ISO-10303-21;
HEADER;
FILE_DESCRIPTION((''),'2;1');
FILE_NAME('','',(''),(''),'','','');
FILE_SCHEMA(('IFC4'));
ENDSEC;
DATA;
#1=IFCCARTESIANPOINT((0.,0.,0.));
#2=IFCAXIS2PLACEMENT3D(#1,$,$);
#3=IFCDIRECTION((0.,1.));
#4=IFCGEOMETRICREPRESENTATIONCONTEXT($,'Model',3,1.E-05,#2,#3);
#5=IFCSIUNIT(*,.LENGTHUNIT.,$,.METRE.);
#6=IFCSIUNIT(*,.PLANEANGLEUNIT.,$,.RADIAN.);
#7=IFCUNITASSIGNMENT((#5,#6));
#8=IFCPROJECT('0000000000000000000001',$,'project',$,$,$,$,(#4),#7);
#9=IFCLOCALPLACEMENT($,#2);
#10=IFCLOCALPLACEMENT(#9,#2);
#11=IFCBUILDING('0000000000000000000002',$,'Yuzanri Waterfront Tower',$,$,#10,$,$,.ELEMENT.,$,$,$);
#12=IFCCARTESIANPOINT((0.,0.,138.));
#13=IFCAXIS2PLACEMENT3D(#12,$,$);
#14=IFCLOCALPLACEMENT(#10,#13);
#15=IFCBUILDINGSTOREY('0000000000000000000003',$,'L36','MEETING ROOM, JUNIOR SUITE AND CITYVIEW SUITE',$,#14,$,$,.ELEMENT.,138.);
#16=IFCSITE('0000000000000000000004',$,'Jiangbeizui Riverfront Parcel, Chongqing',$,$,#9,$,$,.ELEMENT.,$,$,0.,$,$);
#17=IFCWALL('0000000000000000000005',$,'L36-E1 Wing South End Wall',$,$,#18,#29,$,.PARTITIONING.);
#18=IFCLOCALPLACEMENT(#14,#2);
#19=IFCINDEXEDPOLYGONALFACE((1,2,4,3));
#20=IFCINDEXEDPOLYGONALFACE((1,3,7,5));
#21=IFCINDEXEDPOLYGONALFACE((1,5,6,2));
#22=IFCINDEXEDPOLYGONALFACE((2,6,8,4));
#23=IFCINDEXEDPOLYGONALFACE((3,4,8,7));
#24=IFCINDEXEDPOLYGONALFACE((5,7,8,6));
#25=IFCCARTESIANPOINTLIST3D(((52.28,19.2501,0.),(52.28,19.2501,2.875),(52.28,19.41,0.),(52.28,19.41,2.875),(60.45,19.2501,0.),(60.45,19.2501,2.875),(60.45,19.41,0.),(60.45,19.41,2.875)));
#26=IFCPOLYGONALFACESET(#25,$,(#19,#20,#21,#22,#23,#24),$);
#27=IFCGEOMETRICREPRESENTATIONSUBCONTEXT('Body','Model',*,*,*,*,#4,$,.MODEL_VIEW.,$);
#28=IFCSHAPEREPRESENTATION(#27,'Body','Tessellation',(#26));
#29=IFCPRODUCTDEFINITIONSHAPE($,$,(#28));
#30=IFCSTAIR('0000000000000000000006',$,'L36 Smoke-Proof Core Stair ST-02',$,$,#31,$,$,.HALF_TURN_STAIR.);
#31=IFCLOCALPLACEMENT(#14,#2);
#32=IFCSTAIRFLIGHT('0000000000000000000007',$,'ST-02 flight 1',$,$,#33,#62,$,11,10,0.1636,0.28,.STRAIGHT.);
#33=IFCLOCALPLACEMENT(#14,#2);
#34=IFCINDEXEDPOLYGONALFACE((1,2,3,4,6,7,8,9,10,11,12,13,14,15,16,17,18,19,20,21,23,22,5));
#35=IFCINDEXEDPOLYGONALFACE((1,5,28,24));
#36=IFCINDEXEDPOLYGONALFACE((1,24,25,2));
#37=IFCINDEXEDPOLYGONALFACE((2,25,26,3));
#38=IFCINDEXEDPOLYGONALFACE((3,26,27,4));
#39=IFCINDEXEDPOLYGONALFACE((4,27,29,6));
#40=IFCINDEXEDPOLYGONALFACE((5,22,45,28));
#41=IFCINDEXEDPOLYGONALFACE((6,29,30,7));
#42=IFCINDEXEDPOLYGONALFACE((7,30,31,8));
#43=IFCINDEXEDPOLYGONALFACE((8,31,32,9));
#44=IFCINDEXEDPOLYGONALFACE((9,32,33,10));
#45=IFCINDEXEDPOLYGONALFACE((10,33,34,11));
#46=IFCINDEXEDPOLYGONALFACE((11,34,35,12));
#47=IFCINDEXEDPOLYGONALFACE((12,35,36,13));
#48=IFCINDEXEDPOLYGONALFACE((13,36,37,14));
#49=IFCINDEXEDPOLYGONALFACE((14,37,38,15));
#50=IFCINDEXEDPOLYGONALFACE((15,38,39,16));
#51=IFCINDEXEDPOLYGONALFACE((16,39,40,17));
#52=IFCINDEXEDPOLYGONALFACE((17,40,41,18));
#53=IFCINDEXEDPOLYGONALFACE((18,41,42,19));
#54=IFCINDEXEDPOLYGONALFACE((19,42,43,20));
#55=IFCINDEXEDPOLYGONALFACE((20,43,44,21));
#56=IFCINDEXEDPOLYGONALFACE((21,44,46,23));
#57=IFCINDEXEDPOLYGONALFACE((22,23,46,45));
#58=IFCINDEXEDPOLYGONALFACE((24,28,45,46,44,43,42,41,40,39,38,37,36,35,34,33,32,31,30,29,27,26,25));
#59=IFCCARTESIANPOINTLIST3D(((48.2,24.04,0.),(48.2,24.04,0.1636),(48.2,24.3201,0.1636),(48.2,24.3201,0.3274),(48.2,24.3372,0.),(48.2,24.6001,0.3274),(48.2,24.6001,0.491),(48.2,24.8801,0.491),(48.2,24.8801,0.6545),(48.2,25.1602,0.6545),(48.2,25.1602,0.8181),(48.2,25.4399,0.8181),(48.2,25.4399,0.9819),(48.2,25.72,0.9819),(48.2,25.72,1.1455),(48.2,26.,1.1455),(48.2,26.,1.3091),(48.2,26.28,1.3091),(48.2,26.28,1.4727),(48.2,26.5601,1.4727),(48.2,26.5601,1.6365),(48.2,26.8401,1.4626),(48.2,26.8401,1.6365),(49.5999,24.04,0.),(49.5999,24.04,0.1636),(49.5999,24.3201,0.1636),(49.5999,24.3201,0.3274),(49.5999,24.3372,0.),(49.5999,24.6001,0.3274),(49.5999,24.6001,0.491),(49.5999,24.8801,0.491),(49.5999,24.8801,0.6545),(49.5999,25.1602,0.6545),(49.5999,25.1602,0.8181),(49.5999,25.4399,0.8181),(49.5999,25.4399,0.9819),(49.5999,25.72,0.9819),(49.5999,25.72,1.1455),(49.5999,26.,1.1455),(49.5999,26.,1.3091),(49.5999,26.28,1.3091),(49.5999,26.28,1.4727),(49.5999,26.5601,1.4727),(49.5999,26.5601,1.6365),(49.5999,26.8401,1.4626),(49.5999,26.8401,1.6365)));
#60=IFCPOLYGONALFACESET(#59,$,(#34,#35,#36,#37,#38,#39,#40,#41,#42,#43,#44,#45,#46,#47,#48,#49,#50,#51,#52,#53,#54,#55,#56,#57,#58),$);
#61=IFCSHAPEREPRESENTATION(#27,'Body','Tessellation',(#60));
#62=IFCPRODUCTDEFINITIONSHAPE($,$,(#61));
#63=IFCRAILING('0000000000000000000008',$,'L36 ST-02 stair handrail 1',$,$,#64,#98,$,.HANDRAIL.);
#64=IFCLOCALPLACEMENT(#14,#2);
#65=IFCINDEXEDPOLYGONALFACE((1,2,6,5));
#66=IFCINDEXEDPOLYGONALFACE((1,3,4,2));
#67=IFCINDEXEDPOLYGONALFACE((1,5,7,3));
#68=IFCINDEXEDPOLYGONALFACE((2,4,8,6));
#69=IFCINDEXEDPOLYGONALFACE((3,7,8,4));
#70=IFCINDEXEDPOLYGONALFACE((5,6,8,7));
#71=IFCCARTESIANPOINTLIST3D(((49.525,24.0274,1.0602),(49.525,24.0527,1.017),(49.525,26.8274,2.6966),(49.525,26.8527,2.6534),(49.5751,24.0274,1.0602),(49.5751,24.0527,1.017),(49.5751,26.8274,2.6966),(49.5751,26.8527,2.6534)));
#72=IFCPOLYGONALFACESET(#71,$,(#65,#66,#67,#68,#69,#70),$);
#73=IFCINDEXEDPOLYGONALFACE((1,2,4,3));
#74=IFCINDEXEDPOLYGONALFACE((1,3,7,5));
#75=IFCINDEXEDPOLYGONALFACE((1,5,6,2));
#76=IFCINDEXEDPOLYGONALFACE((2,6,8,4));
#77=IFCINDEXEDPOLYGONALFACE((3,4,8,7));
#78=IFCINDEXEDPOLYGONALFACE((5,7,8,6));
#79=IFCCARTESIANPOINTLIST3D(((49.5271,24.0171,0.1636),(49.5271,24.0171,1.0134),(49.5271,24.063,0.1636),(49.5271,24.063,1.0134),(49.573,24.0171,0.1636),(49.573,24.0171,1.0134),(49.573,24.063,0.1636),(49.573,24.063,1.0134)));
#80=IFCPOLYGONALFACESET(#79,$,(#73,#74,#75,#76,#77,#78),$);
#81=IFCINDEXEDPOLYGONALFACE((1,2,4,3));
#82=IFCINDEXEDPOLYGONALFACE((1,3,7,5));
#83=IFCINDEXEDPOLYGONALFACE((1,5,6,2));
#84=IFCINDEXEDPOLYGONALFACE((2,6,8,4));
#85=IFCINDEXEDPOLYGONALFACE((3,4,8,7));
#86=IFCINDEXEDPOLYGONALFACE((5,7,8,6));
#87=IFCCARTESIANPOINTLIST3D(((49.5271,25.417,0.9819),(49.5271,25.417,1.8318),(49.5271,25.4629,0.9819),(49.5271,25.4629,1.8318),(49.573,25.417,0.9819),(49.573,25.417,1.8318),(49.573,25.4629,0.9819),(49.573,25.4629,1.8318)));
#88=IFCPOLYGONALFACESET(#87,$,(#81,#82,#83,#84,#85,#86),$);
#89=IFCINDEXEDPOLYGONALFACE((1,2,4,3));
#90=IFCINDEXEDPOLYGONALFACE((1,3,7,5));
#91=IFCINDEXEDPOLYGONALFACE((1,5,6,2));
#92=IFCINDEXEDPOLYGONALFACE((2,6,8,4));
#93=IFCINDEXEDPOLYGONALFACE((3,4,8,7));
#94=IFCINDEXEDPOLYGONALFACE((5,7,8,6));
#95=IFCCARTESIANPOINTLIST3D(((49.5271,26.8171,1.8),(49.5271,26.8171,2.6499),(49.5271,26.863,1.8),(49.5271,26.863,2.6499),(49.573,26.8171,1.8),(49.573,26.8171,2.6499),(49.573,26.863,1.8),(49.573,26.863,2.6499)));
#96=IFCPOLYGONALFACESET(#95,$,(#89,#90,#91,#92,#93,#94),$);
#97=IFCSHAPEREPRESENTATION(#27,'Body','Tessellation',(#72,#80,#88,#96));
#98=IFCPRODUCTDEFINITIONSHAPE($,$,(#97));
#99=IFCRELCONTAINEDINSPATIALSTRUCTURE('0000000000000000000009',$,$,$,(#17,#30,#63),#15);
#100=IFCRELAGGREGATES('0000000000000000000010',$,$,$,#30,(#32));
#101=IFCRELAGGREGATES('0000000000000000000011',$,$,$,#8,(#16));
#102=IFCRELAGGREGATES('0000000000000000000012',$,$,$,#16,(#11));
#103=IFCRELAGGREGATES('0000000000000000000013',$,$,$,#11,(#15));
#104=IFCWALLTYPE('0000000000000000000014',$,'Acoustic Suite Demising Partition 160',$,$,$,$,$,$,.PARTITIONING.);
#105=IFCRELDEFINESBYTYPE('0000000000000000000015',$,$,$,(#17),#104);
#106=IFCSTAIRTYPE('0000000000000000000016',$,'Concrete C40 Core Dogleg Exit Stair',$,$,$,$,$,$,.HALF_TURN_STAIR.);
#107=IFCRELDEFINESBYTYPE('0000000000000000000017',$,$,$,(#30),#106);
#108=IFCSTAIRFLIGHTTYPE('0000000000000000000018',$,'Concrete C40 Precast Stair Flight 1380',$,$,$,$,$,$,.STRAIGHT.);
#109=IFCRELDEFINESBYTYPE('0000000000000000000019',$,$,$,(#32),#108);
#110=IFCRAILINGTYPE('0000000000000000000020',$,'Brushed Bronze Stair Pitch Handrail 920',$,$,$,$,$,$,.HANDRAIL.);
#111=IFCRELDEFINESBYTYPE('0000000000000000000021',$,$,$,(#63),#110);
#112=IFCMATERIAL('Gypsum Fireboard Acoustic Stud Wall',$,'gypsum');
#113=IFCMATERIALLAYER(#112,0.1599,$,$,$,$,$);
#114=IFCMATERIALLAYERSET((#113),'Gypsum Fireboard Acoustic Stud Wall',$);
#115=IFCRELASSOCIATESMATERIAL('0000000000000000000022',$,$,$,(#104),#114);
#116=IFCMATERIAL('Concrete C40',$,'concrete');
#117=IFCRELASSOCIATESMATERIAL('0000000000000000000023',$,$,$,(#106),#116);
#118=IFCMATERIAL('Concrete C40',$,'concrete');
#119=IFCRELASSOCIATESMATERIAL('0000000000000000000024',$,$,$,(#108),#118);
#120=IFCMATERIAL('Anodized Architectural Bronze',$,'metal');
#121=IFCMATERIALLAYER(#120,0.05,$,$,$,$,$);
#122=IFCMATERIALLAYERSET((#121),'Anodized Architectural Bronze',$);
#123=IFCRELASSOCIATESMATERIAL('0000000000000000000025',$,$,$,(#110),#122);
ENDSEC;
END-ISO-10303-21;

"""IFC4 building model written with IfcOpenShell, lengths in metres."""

from ifc_helpers import new_model, si_unit, direction, frame, frame_2d, origin, origin_2d, place, context, subcontext, project, spatial, polyline, rectangle, outline, extrude, source, transform, mapped, material, layer, layer_set, type_object, element, aggregate, save


model = new_model("IFC4")

# Units and contexts
model_context = context("Model", 3, precision=1e-05, world=origin(), true_north=direction((0.0, 1.0)))
body_context = subcontext(model_context, "Body", "Model", "MODEL_VIEW")
ifc_project = project(units=[si_unit("LENGTHUNIT", "METRE"), si_unit("PLANEANGLEUNIT", "RADIAN")], contexts=[model_context])

# Site, building, storey
site_placement = place(None, origin())
site = spatial("IfcSite", under=ifc_project, at=site_placement, Name="Jiangbeizui Riverfront Parcel, Chongqing", CompositionType="ELEMENT", RefElevation=0.0)
building_placement = place(site_placement, origin())
building = spatial("IfcBuilding", under=site, at=building_placement, Name="Yuzanri Waterfront Tower", CompositionType="ELEMENT")
storey_placement = place(building_placement, frame((0.0, 0.0, 138.0)))
storey = spatial("IfcBuildingStorey", under=building, at=storey_placement, Name="L36", Description="MEETING ROOM, JUNIOR SUITE AND CITYVIEW SUITE", CompositionType="ELEMENT", Elevation=138.0)

# Wall
ifc_material_1 = material(Name="Gypsum Fireboard Acoustic Stud Wall", Category="gypsum")
ifc_layer_1 = layer(ifc_material_1, 0.1599)
ifc_layer_set_1 = layer_set([ifc_layer_1], Name="Gypsum Fireboard Acoustic Stud Wall")
wall_type_1 = type_object("IfcWallType", Name="Acoustic Suite Demising Partition 160", PredefinedType="PARTITIONING", material=ifc_layer_set_1)
shared_shape_1 = source(origin(), body_context, "Body", "SweptSolid", [
    extrude(rectangle(XDim=8.1699, YDim=0.1599, at=frame_2d((4.085, 0.0))), origin(), (0.0, 0.0, 1.0), 2.875),
])
wall_1_placement = place(storey_placement, frame((52.28, 19.3301, 0.0), z_axis=(0.0, 0.0, 1.0), x_axis=(1.0, 0.0, 0.0)))
element("IfcWall", 1, at=wall_1_placement, inside=storey, type_object=wall_type_1, Name="L36-E1 Wing South End Wall", PredefinedType="PARTITIONING", context=body_context, shape_type="MappedRepresentation", body=[
    mapped(shared_shape_1, transform((0.0, 0.0, 0.0), scale=1.0)),
])

# Stair, stair flight
ifc_material_2 = material(Name="Concrete C40", Category="concrete")
stair_type = type_object("IfcStairType", Name="Concrete C40 Core Dogleg Exit Stair", PredefinedType="HALF_TURN_STAIR", material=ifc_material_2)
stair_placement = place(storey_placement, origin())
stair = element("IfcStair", 2, at=stair_placement, inside=storey, type_object=stair_type, Name="L36 Smoke-Proof Core Stair ST-02", PredefinedType="HALF_TURN_STAIR")
ifc_material_3 = material(Name="Concrete C40", Category="concrete")
stair_flight_type = type_object("IfcStairFlightType", Name="Concrete C40 Precast Stair Flight 1380", PredefinedType="STRAIGHT", material=ifc_material_3)
shared_shape_2 = source(origin(), body_context, "Body", "SweptSolid", [
    extrude(outline(polyline([(0.0, 0.0), (0.0, 0.1636), (0.28, 0.1636), (0.28, 0.3274), (0.5601, 0.3274), (0.5601, 0.491), (0.8401, 0.491), (0.8401, 0.6545), (1.1201, 0.6545), (1.1201, 0.8181), (1.3999, 0.8181), (1.3999, 0.9819), (1.6799, 0.9819), (1.6799, 1.1455), (1.96, 1.1455), (1.96, 1.3091), (2.24, 1.3091), (2.24, 1.4727), (2.52, 1.4727), (2.52, 1.6365), (2.8, 1.6365), (2.8, 1.8), (2.8, 1.4626), (0.2971, 0.0), (0.0, 0.0)])), frame((0.0, 0.7, 0.0), z_axis=(0.0, -1.0, 0.0), x_axis=(1.0, 0.0, 0.0)), (0.0, 0.0, 1.0), 1.3999),
])
stair_flight_placement = place(storey_placement, frame((48.8999, 24.04, 0.0), z_axis=(0.0, 0.0, 1.0), x_axis=(0.0, 1.0, 0.0)))
stair_flight = element("IfcStairFlight", 3, at=stair_flight_placement, type_object=stair_flight_type, Name="ST-02 flight 1", NumberOfRisers=11, NumberOfTreads=10, PredefinedType="STRAIGHT", RiserHeight=0.1636, TreadLength=0.28, context=body_context, shape_type="MappedRepresentation", body=[
    mapped(shared_shape_2, transform((0.0, 0.0, 0.0), scale=1.0)),
])
aggregate(stair, [stair_flight])

# Railing
ifc_material_4 = material(Name="Anodized Architectural Bronze", Category="metal")
ifc_layer_2 = layer(ifc_material_4, 0.05)
ifc_layer_set_2 = layer_set([ifc_layer_2], Name="Anodized Architectural Bronze")
railing_type = type_object("IfcRailingType", Name="Brushed Bronze Stair Pitch Handrail 920", PredefinedType="HANDRAIL", material=ifc_layer_set_2)
shared_shape_3 = source(origin(), body_context, "Body", "SweptSolid", [
    extrude(rectangle(XDim=0.05, YDim=0.05, at=origin_2d()), frame((0.0, 0.0, 0.875), z_axis=(0.0, 0.863361, 0.504587), x_axis=(-1.0, 0.0, 0.0)), (0.0, 0.0, 1.0), 3.2432),
    extrude(rectangle(XDim=0.0459, YDim=0.0459, at=origin_2d()), origin(), (0.0, 0.0, 1.0), 0.8499),
    extrude(rectangle(XDim=0.0459, YDim=0.0459, at=origin_2d()), frame((0.0, 1.3999, 0.8184)), (0.0, 0.0, 1.0), 0.8499),
    extrude(rectangle(XDim=0.0459, YDim=0.0459, at=origin_2d()), frame((0.0, 2.8, 1.6365)), (0.0, 0.0, 1.0), 0.8499),
])
railing_placement = place(storey_placement, frame((49.55, 24.04, 0.1636)))
element("IfcRailing", 4, at=railing_placement, inside=storey, type_object=railing_type, Name="L36 ST-02 stair handrail 1", PredefinedType="HANDRAIL", context=body_context, shape_type="MappedRepresentation", body=[
    mapped(shared_shape_3, transform((0.0, 0.0, 0.0), scale=1.0)),
])

save(model, "model.ifc")
